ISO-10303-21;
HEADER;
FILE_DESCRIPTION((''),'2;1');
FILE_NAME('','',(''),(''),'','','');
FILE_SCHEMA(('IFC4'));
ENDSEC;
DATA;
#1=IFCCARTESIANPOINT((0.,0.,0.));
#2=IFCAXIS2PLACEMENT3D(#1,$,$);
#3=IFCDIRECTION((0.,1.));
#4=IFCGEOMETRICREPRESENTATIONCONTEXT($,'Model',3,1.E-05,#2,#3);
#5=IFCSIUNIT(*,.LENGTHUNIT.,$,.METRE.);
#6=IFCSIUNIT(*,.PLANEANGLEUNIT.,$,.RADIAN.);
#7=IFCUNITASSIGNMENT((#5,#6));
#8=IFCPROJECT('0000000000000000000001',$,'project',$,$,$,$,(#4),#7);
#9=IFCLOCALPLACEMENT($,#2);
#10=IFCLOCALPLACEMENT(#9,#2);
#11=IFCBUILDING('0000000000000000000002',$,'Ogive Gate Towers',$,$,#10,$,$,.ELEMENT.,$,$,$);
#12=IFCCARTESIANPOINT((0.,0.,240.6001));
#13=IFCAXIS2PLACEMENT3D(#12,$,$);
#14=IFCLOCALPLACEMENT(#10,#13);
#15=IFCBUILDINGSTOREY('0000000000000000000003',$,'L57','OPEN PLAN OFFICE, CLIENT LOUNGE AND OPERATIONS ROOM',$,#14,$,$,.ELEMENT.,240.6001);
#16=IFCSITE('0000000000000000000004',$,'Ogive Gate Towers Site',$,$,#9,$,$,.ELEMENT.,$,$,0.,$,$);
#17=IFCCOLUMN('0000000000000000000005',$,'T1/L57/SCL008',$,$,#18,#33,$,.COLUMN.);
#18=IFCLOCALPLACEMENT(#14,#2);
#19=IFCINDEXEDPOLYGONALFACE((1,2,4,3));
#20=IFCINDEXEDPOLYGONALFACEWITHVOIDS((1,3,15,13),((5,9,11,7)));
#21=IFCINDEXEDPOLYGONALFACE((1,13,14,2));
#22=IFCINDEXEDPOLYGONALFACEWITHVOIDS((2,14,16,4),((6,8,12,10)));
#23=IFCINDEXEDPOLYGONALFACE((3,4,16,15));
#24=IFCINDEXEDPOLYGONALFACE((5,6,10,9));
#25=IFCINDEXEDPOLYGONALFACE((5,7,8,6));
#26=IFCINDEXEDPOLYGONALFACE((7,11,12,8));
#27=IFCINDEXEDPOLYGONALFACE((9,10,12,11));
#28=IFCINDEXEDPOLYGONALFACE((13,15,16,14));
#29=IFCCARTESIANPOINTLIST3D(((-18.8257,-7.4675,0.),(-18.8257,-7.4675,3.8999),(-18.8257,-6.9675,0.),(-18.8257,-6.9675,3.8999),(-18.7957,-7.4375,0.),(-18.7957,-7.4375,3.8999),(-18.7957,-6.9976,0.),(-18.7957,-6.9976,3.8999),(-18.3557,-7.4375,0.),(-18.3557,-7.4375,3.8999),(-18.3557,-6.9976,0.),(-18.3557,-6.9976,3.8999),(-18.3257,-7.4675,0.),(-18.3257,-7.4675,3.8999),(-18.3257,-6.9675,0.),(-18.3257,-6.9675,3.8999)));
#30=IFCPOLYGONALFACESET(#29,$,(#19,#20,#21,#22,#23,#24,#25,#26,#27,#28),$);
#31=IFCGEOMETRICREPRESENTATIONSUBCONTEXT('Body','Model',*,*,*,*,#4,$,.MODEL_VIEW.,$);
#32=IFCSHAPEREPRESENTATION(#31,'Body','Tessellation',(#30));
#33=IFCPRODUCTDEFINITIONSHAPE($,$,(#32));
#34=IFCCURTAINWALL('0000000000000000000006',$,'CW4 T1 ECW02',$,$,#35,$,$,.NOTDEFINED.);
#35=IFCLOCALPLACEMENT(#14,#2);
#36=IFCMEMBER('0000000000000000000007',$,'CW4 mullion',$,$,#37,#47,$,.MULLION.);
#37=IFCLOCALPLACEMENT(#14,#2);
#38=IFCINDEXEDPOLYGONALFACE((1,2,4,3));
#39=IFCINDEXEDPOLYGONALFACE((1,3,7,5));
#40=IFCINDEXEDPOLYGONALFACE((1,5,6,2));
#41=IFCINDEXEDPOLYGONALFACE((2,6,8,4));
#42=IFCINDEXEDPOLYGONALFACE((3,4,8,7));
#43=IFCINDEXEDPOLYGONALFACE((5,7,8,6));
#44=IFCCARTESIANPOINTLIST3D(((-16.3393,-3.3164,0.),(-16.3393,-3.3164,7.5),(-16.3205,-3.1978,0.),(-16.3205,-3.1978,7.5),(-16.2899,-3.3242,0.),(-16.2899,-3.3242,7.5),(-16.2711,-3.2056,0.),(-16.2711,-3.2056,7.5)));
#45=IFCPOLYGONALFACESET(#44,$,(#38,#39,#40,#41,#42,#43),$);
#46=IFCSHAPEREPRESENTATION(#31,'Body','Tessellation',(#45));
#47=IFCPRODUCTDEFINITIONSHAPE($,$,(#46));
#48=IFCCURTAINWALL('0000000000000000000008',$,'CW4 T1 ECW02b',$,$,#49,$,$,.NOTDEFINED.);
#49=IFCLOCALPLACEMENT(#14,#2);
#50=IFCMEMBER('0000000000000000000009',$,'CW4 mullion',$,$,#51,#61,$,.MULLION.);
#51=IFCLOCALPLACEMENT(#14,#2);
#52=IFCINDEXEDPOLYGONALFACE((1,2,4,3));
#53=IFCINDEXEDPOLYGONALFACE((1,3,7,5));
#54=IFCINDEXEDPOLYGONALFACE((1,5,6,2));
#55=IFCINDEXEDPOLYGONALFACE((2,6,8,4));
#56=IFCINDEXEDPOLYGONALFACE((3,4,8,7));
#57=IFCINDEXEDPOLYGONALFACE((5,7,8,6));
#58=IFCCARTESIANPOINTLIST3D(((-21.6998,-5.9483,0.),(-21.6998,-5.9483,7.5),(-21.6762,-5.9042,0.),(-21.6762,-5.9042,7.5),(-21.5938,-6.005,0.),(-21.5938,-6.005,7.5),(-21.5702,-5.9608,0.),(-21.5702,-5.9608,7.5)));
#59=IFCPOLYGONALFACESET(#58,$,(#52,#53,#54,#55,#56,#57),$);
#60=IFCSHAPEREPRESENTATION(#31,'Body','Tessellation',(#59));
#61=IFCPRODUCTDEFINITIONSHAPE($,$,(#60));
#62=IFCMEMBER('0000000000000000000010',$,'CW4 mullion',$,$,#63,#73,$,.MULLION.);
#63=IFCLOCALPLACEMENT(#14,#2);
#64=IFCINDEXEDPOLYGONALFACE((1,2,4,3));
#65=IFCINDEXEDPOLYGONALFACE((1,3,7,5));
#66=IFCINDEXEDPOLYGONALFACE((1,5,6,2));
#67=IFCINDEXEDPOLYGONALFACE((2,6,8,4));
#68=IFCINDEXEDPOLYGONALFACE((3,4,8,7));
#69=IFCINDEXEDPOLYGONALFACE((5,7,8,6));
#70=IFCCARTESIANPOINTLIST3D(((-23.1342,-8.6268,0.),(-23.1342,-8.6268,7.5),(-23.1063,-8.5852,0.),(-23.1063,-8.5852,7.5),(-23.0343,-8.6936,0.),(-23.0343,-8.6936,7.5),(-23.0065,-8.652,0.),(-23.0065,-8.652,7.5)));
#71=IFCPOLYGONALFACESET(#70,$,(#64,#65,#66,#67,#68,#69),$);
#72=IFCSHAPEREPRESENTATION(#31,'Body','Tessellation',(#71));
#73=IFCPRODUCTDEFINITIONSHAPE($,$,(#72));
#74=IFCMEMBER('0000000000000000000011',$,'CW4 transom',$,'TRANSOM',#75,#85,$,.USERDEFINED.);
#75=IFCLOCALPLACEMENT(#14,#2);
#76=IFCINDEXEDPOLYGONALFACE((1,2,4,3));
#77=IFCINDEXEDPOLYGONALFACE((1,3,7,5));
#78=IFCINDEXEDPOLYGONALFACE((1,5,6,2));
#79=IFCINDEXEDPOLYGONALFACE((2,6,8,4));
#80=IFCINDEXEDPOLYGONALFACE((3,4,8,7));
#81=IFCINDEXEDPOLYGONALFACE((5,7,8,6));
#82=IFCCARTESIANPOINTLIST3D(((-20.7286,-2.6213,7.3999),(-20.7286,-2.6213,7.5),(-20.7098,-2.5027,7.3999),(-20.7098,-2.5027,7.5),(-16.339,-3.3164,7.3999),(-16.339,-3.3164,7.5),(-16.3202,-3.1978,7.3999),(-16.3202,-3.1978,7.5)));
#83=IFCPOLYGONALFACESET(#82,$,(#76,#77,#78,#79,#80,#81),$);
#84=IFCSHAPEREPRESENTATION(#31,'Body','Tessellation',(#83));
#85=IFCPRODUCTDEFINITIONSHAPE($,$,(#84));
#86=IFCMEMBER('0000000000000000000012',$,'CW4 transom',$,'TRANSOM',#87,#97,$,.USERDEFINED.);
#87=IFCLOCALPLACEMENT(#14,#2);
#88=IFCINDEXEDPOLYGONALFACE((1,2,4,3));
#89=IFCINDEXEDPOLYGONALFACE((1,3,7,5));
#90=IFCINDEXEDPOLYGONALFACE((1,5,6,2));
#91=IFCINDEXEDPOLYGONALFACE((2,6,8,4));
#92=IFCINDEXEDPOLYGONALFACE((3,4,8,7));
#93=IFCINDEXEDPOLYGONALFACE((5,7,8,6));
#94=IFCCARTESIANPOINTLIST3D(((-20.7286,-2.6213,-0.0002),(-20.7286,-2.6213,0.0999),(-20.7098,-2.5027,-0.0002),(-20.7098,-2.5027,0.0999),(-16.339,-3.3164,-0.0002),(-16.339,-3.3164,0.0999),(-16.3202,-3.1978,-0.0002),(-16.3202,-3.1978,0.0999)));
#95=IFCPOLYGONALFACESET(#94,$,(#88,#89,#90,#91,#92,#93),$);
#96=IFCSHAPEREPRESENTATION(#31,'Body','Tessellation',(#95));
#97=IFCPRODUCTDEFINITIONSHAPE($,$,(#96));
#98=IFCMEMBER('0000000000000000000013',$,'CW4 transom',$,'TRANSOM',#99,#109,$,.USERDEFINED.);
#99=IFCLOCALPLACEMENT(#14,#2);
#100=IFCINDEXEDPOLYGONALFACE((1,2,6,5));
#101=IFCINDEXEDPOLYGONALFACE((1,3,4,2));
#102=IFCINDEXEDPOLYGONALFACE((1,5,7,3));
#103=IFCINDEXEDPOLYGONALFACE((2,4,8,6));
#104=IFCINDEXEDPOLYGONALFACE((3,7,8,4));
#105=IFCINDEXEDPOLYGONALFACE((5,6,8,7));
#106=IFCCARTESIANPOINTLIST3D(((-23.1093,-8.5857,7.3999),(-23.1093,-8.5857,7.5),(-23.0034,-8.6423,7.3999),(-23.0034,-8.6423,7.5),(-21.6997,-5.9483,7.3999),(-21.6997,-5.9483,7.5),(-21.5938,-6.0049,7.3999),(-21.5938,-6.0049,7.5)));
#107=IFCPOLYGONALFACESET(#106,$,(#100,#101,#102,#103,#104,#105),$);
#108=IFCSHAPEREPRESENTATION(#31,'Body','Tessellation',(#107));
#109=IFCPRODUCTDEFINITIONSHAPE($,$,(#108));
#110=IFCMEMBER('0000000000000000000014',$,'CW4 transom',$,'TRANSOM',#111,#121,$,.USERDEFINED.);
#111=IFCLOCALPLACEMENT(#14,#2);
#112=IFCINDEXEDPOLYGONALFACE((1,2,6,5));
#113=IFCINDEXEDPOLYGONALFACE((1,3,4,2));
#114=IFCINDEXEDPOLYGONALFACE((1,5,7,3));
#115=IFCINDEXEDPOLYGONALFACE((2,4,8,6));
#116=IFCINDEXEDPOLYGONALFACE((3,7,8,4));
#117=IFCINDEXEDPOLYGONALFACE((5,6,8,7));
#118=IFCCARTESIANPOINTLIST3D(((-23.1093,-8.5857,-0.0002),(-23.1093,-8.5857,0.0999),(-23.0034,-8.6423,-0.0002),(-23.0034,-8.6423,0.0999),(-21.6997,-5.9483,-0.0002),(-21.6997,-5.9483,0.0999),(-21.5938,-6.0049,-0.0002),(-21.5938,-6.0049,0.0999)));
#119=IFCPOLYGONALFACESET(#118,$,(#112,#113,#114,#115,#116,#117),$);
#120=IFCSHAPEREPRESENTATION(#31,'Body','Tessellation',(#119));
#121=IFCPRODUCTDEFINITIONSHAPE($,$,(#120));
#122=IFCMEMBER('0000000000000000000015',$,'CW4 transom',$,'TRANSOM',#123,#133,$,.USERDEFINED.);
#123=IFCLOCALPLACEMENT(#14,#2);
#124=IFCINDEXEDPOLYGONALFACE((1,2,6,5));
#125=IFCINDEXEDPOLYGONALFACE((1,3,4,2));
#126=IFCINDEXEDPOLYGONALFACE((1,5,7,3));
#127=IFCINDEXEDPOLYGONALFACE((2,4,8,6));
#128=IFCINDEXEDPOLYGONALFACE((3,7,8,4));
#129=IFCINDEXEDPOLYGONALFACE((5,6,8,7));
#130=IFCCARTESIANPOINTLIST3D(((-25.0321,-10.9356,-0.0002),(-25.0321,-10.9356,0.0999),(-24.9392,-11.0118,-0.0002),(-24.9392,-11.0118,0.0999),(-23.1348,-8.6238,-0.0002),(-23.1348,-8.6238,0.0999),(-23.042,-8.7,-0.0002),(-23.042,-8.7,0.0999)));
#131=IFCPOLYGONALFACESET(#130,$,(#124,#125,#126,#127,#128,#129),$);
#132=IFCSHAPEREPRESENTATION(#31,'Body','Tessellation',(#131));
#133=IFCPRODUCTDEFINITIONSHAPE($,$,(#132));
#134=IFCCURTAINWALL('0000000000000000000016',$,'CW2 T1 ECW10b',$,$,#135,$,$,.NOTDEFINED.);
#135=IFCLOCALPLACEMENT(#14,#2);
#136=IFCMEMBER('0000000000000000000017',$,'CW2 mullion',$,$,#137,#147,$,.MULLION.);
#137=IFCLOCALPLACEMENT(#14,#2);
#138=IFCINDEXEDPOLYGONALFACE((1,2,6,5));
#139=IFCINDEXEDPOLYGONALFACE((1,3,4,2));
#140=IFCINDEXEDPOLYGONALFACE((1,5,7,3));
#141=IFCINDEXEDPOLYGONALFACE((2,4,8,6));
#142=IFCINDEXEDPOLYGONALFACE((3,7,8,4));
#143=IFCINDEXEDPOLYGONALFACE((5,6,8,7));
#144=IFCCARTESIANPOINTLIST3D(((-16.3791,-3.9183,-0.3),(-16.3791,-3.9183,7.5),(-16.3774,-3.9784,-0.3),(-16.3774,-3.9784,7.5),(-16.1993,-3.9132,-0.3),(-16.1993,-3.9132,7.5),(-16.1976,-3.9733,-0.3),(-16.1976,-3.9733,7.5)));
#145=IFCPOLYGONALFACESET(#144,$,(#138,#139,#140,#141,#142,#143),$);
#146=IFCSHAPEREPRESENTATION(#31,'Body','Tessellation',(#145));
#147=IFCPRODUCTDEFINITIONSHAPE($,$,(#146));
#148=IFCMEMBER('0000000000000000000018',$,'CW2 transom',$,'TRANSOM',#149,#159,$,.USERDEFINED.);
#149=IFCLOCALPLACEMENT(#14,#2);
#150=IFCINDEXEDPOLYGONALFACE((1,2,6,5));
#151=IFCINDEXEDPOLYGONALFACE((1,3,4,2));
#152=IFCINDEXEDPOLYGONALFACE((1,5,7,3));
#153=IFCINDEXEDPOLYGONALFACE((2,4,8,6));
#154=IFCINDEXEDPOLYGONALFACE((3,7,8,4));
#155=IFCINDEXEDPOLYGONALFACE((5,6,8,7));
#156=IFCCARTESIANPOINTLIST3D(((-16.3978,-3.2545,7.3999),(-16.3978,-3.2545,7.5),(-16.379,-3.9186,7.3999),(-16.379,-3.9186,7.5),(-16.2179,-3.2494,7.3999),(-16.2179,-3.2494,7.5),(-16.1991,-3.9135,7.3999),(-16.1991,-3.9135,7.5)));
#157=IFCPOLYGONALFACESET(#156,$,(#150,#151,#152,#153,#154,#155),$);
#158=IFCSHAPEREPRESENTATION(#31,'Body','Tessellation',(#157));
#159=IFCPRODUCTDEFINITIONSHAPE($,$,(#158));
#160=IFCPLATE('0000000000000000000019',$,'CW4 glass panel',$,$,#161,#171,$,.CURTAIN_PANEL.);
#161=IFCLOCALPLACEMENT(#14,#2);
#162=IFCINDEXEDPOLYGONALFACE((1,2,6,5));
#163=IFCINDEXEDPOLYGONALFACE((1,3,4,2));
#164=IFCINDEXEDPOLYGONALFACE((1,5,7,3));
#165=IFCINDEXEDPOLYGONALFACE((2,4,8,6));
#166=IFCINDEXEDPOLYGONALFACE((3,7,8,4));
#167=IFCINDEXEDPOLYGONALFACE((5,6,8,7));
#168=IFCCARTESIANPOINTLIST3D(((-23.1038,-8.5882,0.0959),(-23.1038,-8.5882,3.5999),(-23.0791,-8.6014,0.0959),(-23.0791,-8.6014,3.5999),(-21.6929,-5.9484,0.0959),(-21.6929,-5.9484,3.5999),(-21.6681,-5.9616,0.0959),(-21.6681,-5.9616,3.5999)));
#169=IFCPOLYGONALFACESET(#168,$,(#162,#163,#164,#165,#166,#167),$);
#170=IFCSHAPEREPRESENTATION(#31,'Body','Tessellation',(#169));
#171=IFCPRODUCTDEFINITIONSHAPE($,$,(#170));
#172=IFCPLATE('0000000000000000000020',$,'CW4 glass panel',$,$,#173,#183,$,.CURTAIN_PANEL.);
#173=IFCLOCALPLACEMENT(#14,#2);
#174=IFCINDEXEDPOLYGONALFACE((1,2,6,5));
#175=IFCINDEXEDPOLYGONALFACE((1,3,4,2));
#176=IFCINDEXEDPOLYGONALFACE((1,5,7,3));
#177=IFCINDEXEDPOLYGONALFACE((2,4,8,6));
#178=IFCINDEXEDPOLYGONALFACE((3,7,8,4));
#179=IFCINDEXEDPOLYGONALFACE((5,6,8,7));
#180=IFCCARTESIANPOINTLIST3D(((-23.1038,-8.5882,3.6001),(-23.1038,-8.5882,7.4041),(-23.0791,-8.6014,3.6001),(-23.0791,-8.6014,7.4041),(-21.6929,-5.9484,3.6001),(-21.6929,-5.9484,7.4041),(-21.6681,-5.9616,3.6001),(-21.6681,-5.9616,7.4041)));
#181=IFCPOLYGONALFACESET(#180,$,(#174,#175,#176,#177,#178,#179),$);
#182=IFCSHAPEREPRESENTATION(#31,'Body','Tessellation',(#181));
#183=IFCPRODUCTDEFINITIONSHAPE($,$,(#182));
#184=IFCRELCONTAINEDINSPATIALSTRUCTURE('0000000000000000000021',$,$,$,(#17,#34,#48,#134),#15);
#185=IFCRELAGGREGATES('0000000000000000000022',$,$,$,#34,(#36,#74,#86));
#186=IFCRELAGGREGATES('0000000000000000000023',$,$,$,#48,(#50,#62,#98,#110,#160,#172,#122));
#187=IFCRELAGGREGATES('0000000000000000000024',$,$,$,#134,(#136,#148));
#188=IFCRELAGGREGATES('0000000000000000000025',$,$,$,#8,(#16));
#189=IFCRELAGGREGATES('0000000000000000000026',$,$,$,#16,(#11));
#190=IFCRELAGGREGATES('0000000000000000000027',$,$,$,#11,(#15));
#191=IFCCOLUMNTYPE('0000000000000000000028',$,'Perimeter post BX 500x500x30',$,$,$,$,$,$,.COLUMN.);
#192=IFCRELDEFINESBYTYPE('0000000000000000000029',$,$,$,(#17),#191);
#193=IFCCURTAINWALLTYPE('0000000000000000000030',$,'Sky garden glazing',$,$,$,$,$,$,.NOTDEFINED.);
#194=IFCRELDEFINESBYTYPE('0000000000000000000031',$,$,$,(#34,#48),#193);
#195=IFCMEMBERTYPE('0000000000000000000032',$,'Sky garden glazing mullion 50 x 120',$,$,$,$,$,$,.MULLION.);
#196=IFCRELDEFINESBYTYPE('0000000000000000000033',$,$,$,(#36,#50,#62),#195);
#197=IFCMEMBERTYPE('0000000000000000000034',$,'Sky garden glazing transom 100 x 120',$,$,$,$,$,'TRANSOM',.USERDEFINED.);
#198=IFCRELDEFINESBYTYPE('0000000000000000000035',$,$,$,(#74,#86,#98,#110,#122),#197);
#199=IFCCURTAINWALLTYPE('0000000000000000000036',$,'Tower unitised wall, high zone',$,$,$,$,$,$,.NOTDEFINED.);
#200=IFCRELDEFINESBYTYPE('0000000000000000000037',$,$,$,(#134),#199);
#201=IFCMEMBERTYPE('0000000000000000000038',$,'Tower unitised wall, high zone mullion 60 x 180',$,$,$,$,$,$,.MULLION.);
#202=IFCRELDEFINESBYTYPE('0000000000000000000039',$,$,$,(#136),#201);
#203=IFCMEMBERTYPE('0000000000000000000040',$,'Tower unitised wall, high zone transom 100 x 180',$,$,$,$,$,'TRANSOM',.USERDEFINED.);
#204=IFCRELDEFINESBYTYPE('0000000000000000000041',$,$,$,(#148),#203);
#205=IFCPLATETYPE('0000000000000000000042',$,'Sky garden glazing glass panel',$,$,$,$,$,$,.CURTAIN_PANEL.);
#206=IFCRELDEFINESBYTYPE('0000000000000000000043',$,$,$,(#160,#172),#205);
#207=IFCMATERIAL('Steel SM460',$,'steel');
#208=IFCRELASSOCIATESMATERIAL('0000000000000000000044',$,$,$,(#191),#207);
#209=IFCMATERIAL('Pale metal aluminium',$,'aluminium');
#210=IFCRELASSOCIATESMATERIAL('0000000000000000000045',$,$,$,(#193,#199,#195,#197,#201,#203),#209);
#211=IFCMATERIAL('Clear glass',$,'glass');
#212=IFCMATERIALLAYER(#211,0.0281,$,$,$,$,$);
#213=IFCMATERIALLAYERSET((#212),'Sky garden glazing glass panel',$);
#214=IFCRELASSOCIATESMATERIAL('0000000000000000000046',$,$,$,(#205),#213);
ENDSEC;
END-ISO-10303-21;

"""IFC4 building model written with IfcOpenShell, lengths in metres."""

from ifc_helpers import new_model, si_unit, direction, frame, origin, origin_2d, place, context, subcontext, project, spatial, rectangle, hollow_rectangle, extrude, material, layer, layer_set, material_profile, profile_set, type_object, element, aggregate, save


model = new_model("IFC4")

# Units and contexts
model_context = context("Model", 3, precision=1e-05, world=origin(), true_north=direction((0.0, 1.0)))
body_context = subcontext(model_context, "Body", "Model", "MODEL_VIEW")
ifc_project = project(units=[si_unit("LENGTHUNIT", "METRE"), si_unit("PLANEANGLEUNIT", "RADIAN")], contexts=[model_context])

# Site, building, storey
site_placement = place(None, origin())
site = spatial("IfcSite", under=ifc_project, at=site_placement, Name="Ogive Gate Towers Site", CompositionType="ELEMENT", RefElevation=0.0)
building_placement = place(site_placement, origin())
building = spatial("IfcBuilding", under=site, at=building_placement, Name="Ogive Gate Towers", CompositionType="ELEMENT")
storey_placement = place(building_placement, frame((0.0, 0.0, 240.6001)))
storey = spatial("IfcBuildingStorey", under=building, at=storey_placement, Name="L57", Description="OPEN PLAN OFFICE, CLIENT LOUNGE AND OPERATIONS ROOM", CompositionType="ELEMENT", Elevation=240.6001)

# Column
ifc_material_1 = material(Name="Steel SM460", Category="steel")
ifc_material_profile_1 = material_profile(ifc_material_1, hollow_rectangle(XDim=0.5, YDim=0.5, WallThickness=0.03, at=origin_2d()), Name="BX 500x500x30")
ifc_profile_set_1 = profile_set([ifc_material_profile_1], Name="Steel SM460")
column_type = type_object("IfcColumnType", Name="Perimeter post BX 500x500x30", PredefinedType="COLUMN", material=ifc_profile_set_1)
column_placement = place(storey_placement, frame((-18.5757, -7.2175, 0.0), z_axis=(0.0, 0.0, 1.0), x_axis=(1.0, 0.0, 0.0)))
element("IfcColumn", 1, at=column_placement, inside=storey, type_object=column_type, Name="T1/L57/SCL008", PredefinedType="COLUMN", context=body_context, shape_type="SweptSolid", body=[
    extrude(hollow_rectangle(XDim=0.5, YDim=0.5, WallThickness=0.03, at=origin_2d()), origin(), (0.0, 0.0, 1.0), 3.8999),
])

# Curtain wall, member
ifc_material_2 = material(Name="Pale metal aluminium", Category="aluminium")
curtain_wall_type_1 = type_object("IfcCurtainWallType", Name="Sky garden glazing", PredefinedType="NOTDEFINED", material=ifc_material_2)
curtain_wall_1_placement = place(storey_placement, origin())
curtain_wall_1 = element("IfcCurtainWall", 2, at=curtain_wall_1_placement, inside=storey, type_object=curtain_wall_type_1, Name="CW4 T1 ECW02", PredefinedType="NOTDEFINED")
ifc_material_profile_2 = material_profile(ifc_material_2, rectangle(XDim=0.1201, YDim=0.05, at=origin_2d()), Name="50 x 120 aluminium box")
ifc_profile_set_2 = profile_set([ifc_material_profile_2], Name="Pale metal aluminium")
member_type_1 = type_object("IfcMemberType", Name="Sky garden glazing mullion 50 x 120", PredefinedType="MULLION", material=ifc_profile_set_2)
member_1_placement = place(storey_placement, frame((-16.3052, -3.261, 0.0), z_axis=(0.0, 0.0, 1.0), x_axis=(0.156434, 0.987688, 0.0)))
member_1 = element("IfcMember", 3, at=member_1_placement, type_object=member_type_1, Name="CW4 mullion", PredefinedType="MULLION", context=body_context, shape_type="SweptSolid", body=[
    extrude(rectangle(XDim=0.1201, YDim=0.05, at=origin_2d()), origin(), (0.0, 0.0, 1.0), 7.5),
])

# Curtain wall, members
curtain_wall_2_placement = place(storey_placement, origin())
curtain_wall_2 = element("IfcCurtainWall", 4, at=curtain_wall_2_placement, inside=storey, type_object=curtain_wall_type_1, Name="CW4 T1 ECW02b", PredefinedType="NOTDEFINED")
member_2_placement = place(storey_placement, frame((-21.635, -5.9546, 0.0), z_axis=(0.0, 0.0, 1.0), x_axis=(-0.881929, 0.471381, 0.0)))
member_2 = element("IfcMember", 5, at=member_2_placement, type_object=member_type_1, Name="CW4 mullion", PredefinedType="MULLION", context=body_context, shape_type="SweptSolid", body=[
    extrude(rectangle(XDim=0.1201, YDim=0.05, at=origin_2d()), origin(), (0.0, 0.0, 1.0), 7.5),
])
member_3_placement = place(storey_placement, frame((-23.0703, -8.6394, 0.0), z_axis=(0.0, 0.0, 1.0), x_axis=(-0.831479, 0.555556, 0.0)))
member_3 = element("IfcMember", 6, at=member_3_placement, type_object=member_type_1, Name="CW4 mullion", PredefinedType="MULLION", context=body_context, shape_type="SweptSolid", body=[
    extrude(rectangle(XDim=0.1201, YDim=0.05, at=origin_2d()), origin(), (0.0, 0.0, 1.0), 7.5),
])

# Members
ifc_material_profile_3 = material_profile(ifc_material_2, rectangle(XDim=0.1201, YDim=0.1001, at=origin_2d()), Name="100 x 120 aluminium box")
ifc_profile_set_3 = profile_set([ifc_material_profile_3], Name="Pale metal aluminium")
member_type_2 = type_object("IfcMemberType", Name="Sky garden glazing transom 100 x 120", ElementType="TRANSOM", PredefinedType="USERDEFINED", material=ifc_profile_set_3)
member_4_placement = place(storey_placement, frame((-16.3296, -3.2571, 7.45), z_axis=(-0.987695, 0.156394, 0.0), x_axis=(-0.156394, -0.987695, 0.0)))
member_4 = element("IfcMember", 7, at=member_4_placement, type_object=member_type_2, Name="CW4 transom", ObjectType="TRANSOM", PredefinedType="USERDEFINED", context=body_context, shape_type="SweptSolid", body=[
    extrude(rectangle(XDim=0.1201, YDim=0.1001, at=origin_2d()), origin(), (0.0, 0.0, 1.0), 4.4443),
])
member_5_placement = place(storey_placement, frame((-16.3296, -3.2571, 0.0498), z_axis=(-0.987695, 0.156394, 0.0), x_axis=(-0.156394, -0.987695, 0.0)))
member_5 = element("IfcMember", 8, at=member_5_placement, type_object=member_type_2, Name="CW4 transom", ObjectType="TRANSOM", PredefinedType="USERDEFINED", context=body_context, shape_type="SweptSolid", body=[
    extrude(rectangle(XDim=0.1201, YDim=0.1001, at=origin_2d()), origin(), (0.0, 0.0, 1.0), 4.4443),
])
aggregate(curtain_wall_1, [member_1, member_4, member_5])
member_6_placement = place(storey_placement, frame((-21.6467, -5.9766, 7.45), z_axis=(-0.471376, -0.881932, 0.0), x_axis=(0.881932, -0.471376, 0.0)))
member_6 = element("IfcMember", 9, at=member_6_placement, type_object=member_type_2, Name="CW4 transom", ObjectType="TRANSOM", PredefinedType="USERDEFINED", context=body_context, shape_type="SweptSolid", body=[
    extrude(rectangle(XDim=0.1201, YDim=0.1001, at=origin_2d()), origin(), (0.0, 0.0, 1.0), 2.9905),
])
member_7_placement = place(storey_placement, frame((-21.6467, -5.9766, 0.0498), z_axis=(-0.471376, -0.881932, 0.0), x_axis=(0.881932, -0.471376, 0.0)))
member_7 = element("IfcMember", 10, at=member_7_placement, type_object=member_type_2, Name="CW4 transom", ObjectType="TRANSOM", PredefinedType="USERDEFINED", context=body_context, shape_type="SweptSolid", body=[
    extrude(rectangle(XDim=0.1201, YDim=0.1001, at=origin_2d()), origin(), (0.0, 0.0, 1.0), 2.9905),
])
member_8_placement = place(storey_placement, frame((-23.0884, -8.6619, 0.0498), z_axis=(-0.634393, -0.773011, 0.0), x_axis=(0.773011, -0.634393, 0.0)))
member_8 = element("IfcMember", 11, at=member_8_placement, type_object=member_type_2, Name="CW4 transom", ObjectType="TRANSOM", PredefinedType="USERDEFINED", context=body_context, shape_type="SweptSolid", body=[
    extrude(rectangle(XDim=0.1201, YDim=0.1001, at=origin_2d()), origin(), (0.0, 0.0, 1.0), 2.9907),
])

# Curtain wall, members
curtain_wall_type_2 = type_object("IfcCurtainWallType", Name="Tower unitised wall, high zone", PredefinedType="NOTDEFINED", material=ifc_material_2)
curtain_wall_3_placement = place(storey_placement, origin())
curtain_wall_3 = element("IfcCurtainWall", 12, at=curtain_wall_3_placement, inside=storey, type_object=curtain_wall_type_2, Name="CW2 T1 ECW10b", PredefinedType="NOTDEFINED")
ifc_material_profile_4 = material_profile(ifc_material_2, rectangle(XDim=0.1799, YDim=0.0601, at=origin_2d()), Name="60 x 180 aluminium box")
ifc_profile_set_4 = profile_set([ifc_material_profile_4], Name="Pale metal aluminium")
member_type_3 = type_object("IfcMemberType", Name="Tower unitised wall, high zone mullion 60 x 180", PredefinedType="MULLION", material=ifc_profile_set_4)
member_9_placement = place(storey_placement, frame((-16.2883, -3.9458, -0.3), z_axis=(0.0, 0.0, 1.0), x_axis=(0.999599, 0.028305, 0.0)))
member_9 = element("IfcMember", 13, at=member_9_placement, type_object=member_type_3, Name="CW2 mullion", PredefinedType="MULLION", context=body_context, shape_type="SweptSolid", body=[
    extrude(rectangle(XDim=0.1799, YDim=0.0601, at=origin_2d()), origin(), (0.0, 0.0, 1.0), 7.8),
])
ifc_material_profile_5 = material_profile(ifc_material_2, rectangle(XDim=0.1799, YDim=0.1001, at=origin_2d()), Name="100 x 180 aluminium box")
ifc_profile_set_5 = profile_set([ifc_material_profile_5], Name="Pale metal aluminium")
member_type_4 = type_object("IfcMemberType", Name="Tower unitised wall, high zone transom 100 x 180", ElementType="TRANSOM", PredefinedType="USERDEFINED", material=ifc_profile_set_5)
member_10_placement = place(storey_placement, frame((-16.2891, -3.916, 7.45), z_axis=(-0.028297, 0.9996, 0.0), x_axis=(-0.9996, -0.028297, 0.0)))
member_10 = element("IfcMember", 14, at=member_10_placement, type_object=member_type_4, Name="CW2 transom", ObjectType="TRANSOM", PredefinedType="USERDEFINED", context=body_context, shape_type="SweptSolid", body=[
    extrude(rectangle(XDim=0.1799, YDim=0.1001, at=origin_2d()), origin(), (0.0, 0.0, 1.0), 0.6643),
])

# Plates
ifc_material_3 = material(Name="Clear glass", Category="glass")
ifc_layer_1 = layer(ifc_material_3, 0.0281)
ifc_layer_set_1 = layer_set([ifc_layer_1], Name="Sky garden glazing glass panel")
plate_type_1 = type_object("IfcPlateType", Name="Sky garden glazing glass panel", PredefinedType="CURTAIN_PANEL", material=ifc_layer_set_1)
plate_1_placement = place(storey_placement, frame((-22.386, -7.2749, 0.0959), z_axis=(0.0, 0.0, 1.0), x_axis=(-0.471381, -0.881929, 0.0)))
plate_1 = element("IfcPlate", 15, at=plate_1_placement, type_object=plate_type_1, Name="CW4 glass panel", PredefinedType="CURTAIN_PANEL", context=body_context, shape_type="SweptSolid", body=[
    extrude(rectangle(XDim=2.9932, YDim=0.0281, at=origin_2d()), origin(), (0.0, 0.0, 1.0), 3.5039),
])
plate_2_placement = place(storey_placement, frame((-22.386, -7.2749, 3.6001), z_axis=(0.0, 0.0, 1.0), x_axis=(-0.471381, -0.881929, 0.0)))
plate_2 = element("IfcPlate", 16, at=plate_2_placement, type_object=plate_type_1, Name="CW4 glass panel", PredefinedType="CURTAIN_PANEL", context=body_context, shape_type="SweptSolid", body=[
    extrude(rectangle(XDim=2.9932, YDim=0.0281, at=origin_2d()), origin(), (0.0, 0.0, 1.0), 3.804),
])
aggregate(curtain_wall_2, [member_2, member_3, member_6, member_7, plate_1, plate_2, member_8])
aggregate(curtain_wall_3, [member_9, member_10])

save(model, "model.ifc")
